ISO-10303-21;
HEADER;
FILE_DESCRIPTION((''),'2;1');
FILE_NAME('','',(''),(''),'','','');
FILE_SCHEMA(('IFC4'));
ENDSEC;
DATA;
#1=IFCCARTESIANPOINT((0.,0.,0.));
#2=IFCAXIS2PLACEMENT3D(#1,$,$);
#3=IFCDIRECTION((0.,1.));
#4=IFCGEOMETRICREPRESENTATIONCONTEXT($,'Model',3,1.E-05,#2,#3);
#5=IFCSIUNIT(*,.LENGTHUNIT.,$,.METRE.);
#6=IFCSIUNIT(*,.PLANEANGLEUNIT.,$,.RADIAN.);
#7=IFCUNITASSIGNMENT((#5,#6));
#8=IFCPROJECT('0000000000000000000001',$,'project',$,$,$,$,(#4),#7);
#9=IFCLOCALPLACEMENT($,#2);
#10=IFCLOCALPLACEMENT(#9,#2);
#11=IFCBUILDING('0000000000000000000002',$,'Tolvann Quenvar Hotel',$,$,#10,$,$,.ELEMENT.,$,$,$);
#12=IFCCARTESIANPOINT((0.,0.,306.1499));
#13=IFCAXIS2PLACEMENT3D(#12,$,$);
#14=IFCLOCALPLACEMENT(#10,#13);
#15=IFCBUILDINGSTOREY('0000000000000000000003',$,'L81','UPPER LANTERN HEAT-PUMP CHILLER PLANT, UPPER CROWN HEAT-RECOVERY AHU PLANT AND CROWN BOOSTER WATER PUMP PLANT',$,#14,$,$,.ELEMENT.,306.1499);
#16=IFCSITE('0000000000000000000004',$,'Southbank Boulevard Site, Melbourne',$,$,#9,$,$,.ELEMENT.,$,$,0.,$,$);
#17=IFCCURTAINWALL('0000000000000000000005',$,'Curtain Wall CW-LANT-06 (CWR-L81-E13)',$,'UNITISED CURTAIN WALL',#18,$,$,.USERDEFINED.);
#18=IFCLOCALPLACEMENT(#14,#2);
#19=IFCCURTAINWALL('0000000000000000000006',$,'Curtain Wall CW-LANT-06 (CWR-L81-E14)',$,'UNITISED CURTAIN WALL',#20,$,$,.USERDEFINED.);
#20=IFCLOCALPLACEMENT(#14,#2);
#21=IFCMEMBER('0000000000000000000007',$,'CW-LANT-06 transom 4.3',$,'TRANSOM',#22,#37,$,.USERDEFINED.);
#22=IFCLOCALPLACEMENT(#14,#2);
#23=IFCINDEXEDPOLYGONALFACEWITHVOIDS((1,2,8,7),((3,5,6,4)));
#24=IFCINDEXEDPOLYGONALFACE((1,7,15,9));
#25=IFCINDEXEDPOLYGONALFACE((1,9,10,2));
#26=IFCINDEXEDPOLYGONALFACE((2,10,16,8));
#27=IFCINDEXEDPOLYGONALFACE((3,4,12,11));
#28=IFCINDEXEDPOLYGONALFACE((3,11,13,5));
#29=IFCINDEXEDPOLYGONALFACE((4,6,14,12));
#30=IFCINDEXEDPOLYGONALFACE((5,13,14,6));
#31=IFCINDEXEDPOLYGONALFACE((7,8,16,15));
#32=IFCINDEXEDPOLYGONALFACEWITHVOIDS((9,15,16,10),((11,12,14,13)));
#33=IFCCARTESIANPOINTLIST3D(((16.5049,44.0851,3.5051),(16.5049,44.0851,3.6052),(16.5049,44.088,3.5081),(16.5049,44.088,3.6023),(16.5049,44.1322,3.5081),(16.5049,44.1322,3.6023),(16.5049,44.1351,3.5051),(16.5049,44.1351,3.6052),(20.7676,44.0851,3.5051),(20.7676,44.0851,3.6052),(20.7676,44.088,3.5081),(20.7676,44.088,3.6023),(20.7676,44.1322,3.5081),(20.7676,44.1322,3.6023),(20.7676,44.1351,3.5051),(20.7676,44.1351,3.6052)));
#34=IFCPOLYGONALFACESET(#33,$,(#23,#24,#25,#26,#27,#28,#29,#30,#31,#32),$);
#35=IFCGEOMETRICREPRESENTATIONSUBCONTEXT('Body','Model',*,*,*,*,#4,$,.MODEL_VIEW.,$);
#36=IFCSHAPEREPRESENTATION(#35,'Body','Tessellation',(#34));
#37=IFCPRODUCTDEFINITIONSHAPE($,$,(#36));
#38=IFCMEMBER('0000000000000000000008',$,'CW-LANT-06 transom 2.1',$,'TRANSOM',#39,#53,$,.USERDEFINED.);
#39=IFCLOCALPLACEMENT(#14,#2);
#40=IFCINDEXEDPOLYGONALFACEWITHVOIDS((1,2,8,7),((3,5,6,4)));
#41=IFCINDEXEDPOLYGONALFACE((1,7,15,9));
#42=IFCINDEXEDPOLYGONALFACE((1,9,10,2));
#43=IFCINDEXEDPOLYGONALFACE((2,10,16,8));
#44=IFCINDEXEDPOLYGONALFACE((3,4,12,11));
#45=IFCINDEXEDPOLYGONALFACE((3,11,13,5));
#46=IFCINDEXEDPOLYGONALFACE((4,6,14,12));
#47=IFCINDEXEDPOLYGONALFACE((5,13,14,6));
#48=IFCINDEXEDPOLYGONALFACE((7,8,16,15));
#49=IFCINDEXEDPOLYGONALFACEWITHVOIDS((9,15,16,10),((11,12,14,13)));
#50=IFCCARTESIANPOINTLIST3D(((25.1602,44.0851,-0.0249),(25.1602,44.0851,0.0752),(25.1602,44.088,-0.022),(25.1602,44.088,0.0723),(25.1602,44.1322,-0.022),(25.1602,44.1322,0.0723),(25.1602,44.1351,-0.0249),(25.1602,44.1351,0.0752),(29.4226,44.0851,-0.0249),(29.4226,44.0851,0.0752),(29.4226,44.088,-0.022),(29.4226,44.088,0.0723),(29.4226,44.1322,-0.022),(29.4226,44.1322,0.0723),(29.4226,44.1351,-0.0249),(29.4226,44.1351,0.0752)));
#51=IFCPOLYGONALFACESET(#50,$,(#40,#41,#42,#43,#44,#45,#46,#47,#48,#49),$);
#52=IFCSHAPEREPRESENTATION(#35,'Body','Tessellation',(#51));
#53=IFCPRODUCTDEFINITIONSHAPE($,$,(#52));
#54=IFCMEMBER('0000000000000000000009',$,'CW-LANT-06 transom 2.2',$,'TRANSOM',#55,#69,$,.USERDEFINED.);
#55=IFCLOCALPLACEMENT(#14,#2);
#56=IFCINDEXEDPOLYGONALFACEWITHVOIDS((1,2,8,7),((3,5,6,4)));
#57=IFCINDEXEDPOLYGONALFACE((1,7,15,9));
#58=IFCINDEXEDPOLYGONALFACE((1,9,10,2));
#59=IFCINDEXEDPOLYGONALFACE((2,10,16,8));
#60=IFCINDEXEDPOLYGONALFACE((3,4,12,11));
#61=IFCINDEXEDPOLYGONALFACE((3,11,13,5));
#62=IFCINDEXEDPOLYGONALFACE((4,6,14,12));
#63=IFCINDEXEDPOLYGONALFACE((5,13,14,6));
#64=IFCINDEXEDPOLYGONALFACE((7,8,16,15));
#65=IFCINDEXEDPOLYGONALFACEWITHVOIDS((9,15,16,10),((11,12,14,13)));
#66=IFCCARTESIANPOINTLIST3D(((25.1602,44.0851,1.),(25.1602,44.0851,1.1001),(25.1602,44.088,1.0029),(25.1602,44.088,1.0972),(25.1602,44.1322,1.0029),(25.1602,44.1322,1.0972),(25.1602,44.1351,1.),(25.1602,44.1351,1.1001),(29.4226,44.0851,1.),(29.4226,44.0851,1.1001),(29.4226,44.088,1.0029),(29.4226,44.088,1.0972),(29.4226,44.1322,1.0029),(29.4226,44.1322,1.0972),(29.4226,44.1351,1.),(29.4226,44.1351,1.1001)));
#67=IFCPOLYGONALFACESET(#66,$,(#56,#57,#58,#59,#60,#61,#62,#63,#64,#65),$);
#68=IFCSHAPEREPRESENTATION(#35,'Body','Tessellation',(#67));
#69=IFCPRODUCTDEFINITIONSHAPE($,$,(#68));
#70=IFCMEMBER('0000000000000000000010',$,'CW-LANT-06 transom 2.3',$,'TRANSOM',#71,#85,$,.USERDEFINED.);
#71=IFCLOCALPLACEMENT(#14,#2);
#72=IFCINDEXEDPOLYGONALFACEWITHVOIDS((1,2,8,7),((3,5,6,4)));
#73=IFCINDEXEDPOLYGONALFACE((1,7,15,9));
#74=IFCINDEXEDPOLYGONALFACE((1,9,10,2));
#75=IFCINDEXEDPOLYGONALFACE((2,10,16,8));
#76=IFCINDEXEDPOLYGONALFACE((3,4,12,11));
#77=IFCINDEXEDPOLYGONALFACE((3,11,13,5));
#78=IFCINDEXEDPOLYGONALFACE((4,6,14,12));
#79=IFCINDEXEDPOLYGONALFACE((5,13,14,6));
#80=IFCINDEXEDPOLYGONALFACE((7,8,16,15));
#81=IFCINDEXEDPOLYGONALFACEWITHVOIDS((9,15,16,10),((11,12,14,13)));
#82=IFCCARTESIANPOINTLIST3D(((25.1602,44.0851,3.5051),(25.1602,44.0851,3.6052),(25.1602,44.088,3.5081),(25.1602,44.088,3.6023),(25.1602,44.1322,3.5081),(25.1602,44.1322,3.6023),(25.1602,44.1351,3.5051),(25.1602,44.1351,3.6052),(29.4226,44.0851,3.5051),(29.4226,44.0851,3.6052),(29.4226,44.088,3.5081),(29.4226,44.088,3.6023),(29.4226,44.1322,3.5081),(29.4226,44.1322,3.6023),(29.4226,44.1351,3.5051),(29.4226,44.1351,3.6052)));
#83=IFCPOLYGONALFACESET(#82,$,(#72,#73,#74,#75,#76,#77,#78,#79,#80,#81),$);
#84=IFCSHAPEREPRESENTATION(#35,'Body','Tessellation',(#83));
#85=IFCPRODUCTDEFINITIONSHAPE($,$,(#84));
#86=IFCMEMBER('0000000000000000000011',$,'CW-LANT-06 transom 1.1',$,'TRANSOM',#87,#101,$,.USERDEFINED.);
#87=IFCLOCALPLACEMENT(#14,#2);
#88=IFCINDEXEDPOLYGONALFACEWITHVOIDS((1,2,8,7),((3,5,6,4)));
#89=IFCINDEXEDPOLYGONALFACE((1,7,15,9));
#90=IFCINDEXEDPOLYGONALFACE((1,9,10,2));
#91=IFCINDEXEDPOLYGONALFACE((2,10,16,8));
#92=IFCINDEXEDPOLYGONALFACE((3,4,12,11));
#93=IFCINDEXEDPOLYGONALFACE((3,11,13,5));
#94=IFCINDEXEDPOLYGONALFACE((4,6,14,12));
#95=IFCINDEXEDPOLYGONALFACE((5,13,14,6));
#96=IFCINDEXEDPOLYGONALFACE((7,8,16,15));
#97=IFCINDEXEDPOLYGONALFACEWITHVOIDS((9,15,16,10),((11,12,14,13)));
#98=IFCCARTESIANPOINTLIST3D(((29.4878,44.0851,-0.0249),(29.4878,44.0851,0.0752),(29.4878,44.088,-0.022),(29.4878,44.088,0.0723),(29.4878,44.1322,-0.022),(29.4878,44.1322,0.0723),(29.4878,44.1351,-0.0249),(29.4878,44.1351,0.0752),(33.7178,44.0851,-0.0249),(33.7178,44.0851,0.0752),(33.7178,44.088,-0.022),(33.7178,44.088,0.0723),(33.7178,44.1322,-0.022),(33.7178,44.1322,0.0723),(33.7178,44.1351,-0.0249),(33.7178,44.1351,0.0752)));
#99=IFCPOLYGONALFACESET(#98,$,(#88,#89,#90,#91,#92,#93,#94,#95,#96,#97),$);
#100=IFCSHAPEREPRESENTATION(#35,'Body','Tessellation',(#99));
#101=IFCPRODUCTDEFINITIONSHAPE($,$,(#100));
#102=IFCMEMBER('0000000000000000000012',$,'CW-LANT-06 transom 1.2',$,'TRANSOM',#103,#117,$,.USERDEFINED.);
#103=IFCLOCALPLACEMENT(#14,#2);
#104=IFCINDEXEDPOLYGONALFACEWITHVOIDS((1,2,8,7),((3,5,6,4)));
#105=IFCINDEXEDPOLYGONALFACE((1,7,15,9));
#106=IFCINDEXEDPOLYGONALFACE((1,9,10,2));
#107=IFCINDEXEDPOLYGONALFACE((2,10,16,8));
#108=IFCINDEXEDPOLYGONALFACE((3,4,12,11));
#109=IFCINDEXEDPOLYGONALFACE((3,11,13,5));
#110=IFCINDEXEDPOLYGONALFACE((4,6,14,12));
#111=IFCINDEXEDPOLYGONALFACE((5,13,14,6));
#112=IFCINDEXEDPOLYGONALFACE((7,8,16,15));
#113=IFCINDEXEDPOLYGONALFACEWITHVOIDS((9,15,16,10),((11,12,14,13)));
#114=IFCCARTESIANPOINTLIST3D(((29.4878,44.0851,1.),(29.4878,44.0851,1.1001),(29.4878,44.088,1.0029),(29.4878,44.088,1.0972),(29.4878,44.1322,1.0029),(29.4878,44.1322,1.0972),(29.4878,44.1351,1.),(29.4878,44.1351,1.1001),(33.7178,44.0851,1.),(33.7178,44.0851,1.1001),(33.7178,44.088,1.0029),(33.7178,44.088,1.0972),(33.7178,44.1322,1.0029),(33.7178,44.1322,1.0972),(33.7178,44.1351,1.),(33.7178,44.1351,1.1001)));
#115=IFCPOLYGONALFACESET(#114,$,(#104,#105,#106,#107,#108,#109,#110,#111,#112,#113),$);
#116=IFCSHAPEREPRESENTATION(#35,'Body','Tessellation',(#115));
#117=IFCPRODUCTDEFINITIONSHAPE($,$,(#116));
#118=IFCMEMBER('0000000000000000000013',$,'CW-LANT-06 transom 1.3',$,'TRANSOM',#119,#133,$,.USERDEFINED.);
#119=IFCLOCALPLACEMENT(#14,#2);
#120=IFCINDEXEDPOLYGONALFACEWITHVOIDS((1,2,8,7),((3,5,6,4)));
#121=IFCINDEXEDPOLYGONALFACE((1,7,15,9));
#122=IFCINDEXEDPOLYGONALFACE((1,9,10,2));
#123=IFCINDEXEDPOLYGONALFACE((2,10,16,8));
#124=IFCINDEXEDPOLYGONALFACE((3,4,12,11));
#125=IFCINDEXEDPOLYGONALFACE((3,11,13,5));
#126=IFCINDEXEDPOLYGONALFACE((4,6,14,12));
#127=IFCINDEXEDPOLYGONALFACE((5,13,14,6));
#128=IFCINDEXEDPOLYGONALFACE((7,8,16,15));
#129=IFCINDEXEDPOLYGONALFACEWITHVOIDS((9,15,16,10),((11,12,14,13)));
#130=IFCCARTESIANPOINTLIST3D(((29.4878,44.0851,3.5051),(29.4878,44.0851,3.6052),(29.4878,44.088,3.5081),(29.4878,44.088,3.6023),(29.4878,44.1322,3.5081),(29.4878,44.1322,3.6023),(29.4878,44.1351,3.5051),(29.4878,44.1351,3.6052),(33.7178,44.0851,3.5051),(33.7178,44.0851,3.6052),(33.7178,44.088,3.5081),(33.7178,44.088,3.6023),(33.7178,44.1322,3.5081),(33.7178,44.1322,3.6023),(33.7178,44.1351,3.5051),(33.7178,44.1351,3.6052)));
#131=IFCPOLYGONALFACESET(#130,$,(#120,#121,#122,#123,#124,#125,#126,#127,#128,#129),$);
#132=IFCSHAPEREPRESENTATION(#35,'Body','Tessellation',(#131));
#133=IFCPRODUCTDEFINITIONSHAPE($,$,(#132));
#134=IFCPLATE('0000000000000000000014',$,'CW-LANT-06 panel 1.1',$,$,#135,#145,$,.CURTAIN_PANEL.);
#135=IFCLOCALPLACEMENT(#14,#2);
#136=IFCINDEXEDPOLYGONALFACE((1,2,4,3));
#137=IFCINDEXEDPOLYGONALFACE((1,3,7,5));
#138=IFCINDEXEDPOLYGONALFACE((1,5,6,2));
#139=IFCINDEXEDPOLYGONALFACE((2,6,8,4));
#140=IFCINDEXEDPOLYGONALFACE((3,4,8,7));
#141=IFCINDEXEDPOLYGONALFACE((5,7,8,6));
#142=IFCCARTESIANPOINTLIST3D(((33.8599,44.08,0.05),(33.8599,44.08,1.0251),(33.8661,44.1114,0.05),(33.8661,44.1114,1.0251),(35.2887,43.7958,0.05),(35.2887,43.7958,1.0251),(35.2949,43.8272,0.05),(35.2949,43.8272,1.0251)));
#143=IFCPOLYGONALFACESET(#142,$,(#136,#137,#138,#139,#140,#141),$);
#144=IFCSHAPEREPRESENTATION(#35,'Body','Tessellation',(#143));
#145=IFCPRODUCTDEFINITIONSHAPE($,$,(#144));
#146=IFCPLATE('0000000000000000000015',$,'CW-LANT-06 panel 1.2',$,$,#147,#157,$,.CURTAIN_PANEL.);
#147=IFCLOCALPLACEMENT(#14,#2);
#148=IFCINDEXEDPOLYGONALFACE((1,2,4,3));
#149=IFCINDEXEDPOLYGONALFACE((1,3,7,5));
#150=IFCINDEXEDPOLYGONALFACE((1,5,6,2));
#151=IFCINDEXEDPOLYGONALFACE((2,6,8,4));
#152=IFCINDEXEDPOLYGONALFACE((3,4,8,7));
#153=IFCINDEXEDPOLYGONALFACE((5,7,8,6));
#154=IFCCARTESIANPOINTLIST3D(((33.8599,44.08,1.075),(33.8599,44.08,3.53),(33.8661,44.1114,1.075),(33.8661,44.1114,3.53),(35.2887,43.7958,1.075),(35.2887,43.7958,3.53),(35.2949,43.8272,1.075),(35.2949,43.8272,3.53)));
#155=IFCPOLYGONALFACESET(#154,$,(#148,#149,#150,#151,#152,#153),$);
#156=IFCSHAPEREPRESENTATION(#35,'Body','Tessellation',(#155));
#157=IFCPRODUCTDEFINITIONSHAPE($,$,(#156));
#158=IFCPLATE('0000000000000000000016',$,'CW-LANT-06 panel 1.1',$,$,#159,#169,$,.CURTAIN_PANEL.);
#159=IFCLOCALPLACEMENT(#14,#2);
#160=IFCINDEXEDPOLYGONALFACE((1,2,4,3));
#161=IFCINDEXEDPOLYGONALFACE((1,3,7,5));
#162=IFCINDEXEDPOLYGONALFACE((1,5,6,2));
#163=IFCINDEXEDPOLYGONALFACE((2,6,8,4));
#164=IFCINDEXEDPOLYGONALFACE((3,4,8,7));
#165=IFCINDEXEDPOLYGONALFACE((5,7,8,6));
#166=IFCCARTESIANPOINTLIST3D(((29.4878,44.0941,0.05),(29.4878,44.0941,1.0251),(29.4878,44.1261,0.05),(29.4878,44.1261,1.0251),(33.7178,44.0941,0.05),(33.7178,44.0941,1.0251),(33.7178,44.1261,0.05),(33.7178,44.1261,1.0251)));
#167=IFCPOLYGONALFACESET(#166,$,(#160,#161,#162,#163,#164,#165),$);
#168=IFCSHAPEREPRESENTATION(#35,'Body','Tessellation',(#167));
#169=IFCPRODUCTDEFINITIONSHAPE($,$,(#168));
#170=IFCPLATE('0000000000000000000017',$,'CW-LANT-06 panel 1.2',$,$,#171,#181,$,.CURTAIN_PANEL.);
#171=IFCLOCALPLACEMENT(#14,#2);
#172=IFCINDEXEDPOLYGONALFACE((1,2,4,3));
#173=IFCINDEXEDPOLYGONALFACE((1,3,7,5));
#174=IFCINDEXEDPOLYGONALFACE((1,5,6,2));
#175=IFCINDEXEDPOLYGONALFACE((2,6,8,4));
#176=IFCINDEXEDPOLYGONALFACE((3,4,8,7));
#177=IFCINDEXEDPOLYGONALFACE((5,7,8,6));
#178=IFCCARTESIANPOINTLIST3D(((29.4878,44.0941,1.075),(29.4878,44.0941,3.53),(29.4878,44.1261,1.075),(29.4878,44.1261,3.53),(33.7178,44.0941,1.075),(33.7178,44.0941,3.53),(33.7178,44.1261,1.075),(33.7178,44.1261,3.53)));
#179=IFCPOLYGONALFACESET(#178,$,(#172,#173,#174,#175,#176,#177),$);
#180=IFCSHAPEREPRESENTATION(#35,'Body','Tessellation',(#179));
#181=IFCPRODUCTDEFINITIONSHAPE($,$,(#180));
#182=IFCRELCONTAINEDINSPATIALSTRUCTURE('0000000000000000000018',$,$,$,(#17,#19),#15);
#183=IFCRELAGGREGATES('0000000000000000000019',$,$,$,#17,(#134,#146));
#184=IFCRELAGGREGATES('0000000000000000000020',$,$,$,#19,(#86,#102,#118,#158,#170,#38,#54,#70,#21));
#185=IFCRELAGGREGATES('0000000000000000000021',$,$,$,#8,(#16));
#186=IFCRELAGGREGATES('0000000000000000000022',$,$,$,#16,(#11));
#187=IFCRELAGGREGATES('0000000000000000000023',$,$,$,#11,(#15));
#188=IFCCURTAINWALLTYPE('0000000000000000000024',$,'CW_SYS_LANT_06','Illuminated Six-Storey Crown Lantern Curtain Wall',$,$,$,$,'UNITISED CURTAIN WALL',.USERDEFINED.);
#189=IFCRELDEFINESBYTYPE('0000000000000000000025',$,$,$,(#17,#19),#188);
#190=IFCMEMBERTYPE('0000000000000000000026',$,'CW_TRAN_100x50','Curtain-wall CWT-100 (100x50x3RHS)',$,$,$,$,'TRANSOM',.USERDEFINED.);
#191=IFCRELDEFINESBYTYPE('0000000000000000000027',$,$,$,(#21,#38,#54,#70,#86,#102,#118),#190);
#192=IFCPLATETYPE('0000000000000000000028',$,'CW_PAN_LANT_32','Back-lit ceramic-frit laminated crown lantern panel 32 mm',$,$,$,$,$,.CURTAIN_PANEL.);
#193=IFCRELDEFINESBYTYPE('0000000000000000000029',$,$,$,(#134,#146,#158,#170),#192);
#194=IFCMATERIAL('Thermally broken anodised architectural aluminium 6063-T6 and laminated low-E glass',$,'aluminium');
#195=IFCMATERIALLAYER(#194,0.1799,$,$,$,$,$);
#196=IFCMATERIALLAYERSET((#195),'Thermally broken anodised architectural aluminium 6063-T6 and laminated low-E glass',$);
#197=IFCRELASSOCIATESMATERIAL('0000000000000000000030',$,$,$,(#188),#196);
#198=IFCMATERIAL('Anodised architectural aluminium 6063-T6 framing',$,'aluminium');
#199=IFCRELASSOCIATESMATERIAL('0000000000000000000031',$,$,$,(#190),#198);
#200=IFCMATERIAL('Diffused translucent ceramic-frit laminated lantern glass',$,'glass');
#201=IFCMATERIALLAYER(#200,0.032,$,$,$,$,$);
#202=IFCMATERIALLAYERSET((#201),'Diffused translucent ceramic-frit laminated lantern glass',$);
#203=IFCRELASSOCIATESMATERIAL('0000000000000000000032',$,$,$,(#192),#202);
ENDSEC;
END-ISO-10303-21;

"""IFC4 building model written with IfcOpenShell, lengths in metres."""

from ifc_helpers import new_model, si_unit, direction, frame, origin, origin_2d, place, context, subcontext, project, spatial, rectangle, hollow_rectangle, extrude, source, transform, mapped, material, layer, layer_set, material_profile, profile_set, type_object, type_shapes, element, aggregate, save


model = new_model("IFC4")

# Units and contexts
model_context = context("Model", 3, precision=1e-05, world=origin(), true_north=direction((0.0, 1.0)))
body_context = subcontext(model_context, "Body", "Model", "MODEL_VIEW")
ifc_project = project(units=[si_unit("LENGTHUNIT", "METRE"), si_unit("PLANEANGLEUNIT", "RADIAN")], contexts=[model_context])

# Site, building, storey
site_placement = place(None, origin())
site = spatial("IfcSite", under=ifc_project, at=site_placement, Name="Southbank Boulevard Site, Melbourne", CompositionType="ELEMENT", RefElevation=0.0)
building_placement = place(site_placement, origin())
building = spatial("IfcBuilding", under=site, at=building_placement, Name="Tolvann Quenvar Hotel", CompositionType="ELEMENT")
storey_placement = place(building_placement, frame((0.0, 0.0, 306.1499)))
storey = spatial("IfcBuildingStorey", under=building, at=storey_placement, Name="L81", Description="UPPER LANTERN HEAT-PUMP CHILLER PLANT, UPPER CROWN HEAT-RECOVERY AHU PLANT AND CROWN BOOSTER WATER PUMP PLANT", CompositionType="ELEMENT", Elevation=306.1499)

# Curtain wall
ifc_material_1 = material(Name="Thermally broken anodised architectural aluminium 6063-T6 and laminated low-E glass", Category="aluminium")
ifc_layer_1 = layer(ifc_material_1, 0.1799)
ifc_layer_set_1 = layer_set([ifc_layer_1], Name="Thermally broken anodised architectural aluminium 6063-T6 and laminated low-E glass")
curtain_wall_type = type_object("IfcCurtainWallType", Name="CW_SYS_LANT_06", Description="Illuminated Six-Storey Crown Lantern Curtain Wall", ElementType="UNITISED CURTAIN WALL", PredefinedType="USERDEFINED", material=ifc_layer_set_1)
curtain_wall_1_placement = place(storey_placement, origin())
curtain_wall_1 = element("IfcCurtainWall", 1, at=curtain_wall_1_placement, inside=storey, type_object=curtain_wall_type, Name="Curtain Wall CW-LANT-06 (CWR-L81-E13)", ObjectType="UNITISED CURTAIN WALL", PredefinedType="USERDEFINED")
ifc_material_2 = material(Name="Anodised architectural aluminium 6063-T6 framing", Category="aluminium")

# Curtain wall, members
curtain_wall_2_placement = place(storey_placement, origin())
curtain_wall_2 = element("IfcCurtainWall", 2, at=curtain_wall_2_placement, inside=storey, type_object=curtain_wall_type, Name="Curtain Wall CW-LANT-06 (CWR-L81-E14)", ObjectType="UNITISED CURTAIN WALL", PredefinedType="USERDEFINED")
ifc_material_profile_1 = material_profile(ifc_material_2, hollow_rectangle(XDim=0.05, YDim=0.1001, WallThickness=0.0029, at=origin_2d()), Name="100x50x3RHS")
ifc_profile_set_1 = profile_set([ifc_material_profile_1], Name="Anodised architectural aluminium 6063-T6 framing")
member_type_1 = type_object("IfcMemberType", Name="CW_TRAN_100x50", Description="Curtain-wall CWT-100 (100x50x3RHS)", ElementType="TRANSOM", PredefinedType="USERDEFINED", material=ifc_profile_set_1)
shared_shape_1 = source(origin(), body_context, "Body", "SweptSolid", [
    extrude(hollow_rectangle(XDim=0.05, YDim=0.1001, WallThickness=0.0029, at=origin_2d()), origin(), (0.0, 0.0, 1.0), 4.2627),
])
member_1_placement = place(storey_placement, frame((20.7676, 44.1101, 3.5552), z_axis=(-1.0, 0.0, 0.0), x_axis=(0.0, -1.0, 0.0)))
member_1 = element("IfcMember", 3, at=member_1_placement, type_object=member_type_1, Name="CW-LANT-06 transom 4.3", ObjectType="TRANSOM", PredefinedType="USERDEFINED", context=body_context, shape_type="MappedRepresentation", body=[
    mapped(shared_shape_1, transform((0.0, 0.0, 0.0), x_axis=(1.0, 0.0, 0.0), y_axis=(0.0, 1.0, 0.0), z_axis=(0.0, 0.0, 1.0), scale=1.0)),
])
shared_shape_2 = source(origin(), body_context, "Body", "SweptSolid", [
    extrude(hollow_rectangle(XDim=0.05, YDim=0.1001, WallThickness=0.0029, at=origin_2d()), origin(), (0.0, 0.0, 1.0), 4.2625),
])
member_2_placement = place(storey_placement, frame((29.4226, 44.1101, 0.0251), z_axis=(-1.0, 0.0, 0.0), x_axis=(0.0, -1.0, 0.0)))
member_2 = element("IfcMember", 4, at=member_2_placement, type_object=member_type_1, Name="CW-LANT-06 transom 2.1", ObjectType="TRANSOM", PredefinedType="USERDEFINED", context=body_context, shape_type="MappedRepresentation", body=[
    mapped(shared_shape_2, transform((0.0, 0.0, 0.0), x_axis=(1.0, 0.0, 0.0), y_axis=(0.0, 1.0, 0.0), z_axis=(0.0, 0.0, 1.0), scale=1.0)),
])
member_3_placement = place(storey_placement, frame((29.4226, 44.1101, 1.05), z_axis=(-1.0, 0.0, 0.0), x_axis=(0.0, -1.0, 0.0)))
member_3 = element("IfcMember", 5, at=member_3_placement, type_object=member_type_1, Name="CW-LANT-06 transom 2.2", ObjectType="TRANSOM", PredefinedType="USERDEFINED", context=body_context, shape_type="MappedRepresentation", body=[
    mapped(shared_shape_2, transform((0.0, 0.0, 0.0), x_axis=(1.0, 0.0, 0.0), y_axis=(0.0, 1.0, 0.0), z_axis=(0.0, 0.0, 1.0), scale=1.0)),
])
member_4_placement = place(storey_placement, frame((29.4226, 44.1101, 3.5552), z_axis=(-1.0, 0.0, 0.0), x_axis=(0.0, -1.0, 0.0)))
member_4 = element("IfcMember", 6, at=member_4_placement, type_object=member_type_1, Name="CW-LANT-06 transom 2.3", ObjectType="TRANSOM", PredefinedType="USERDEFINED", context=body_context, shape_type="MappedRepresentation", body=[
    mapped(shared_shape_2, transform((0.0, 0.0, 0.0), x_axis=(1.0, 0.0, 0.0), y_axis=(0.0, 1.0, 0.0), z_axis=(0.0, 0.0, 1.0), scale=1.0)),
])
shared_shape_3 = source(origin(), body_context, "Body", "SweptSolid", [
    extrude(hollow_rectangle(XDim=0.05, YDim=0.1001, WallThickness=0.0029, at=origin_2d()), origin(), (0.0, 0.0, 1.0), 4.23),
])
type_shapes(member_type_1, [shared_shape_1, shared_shape_2, shared_shape_3])
member_5_placement = place(storey_placement, frame((33.7178, 44.1101, 0.0251), z_axis=(-1.0, 0.0, 0.0), x_axis=(0.0, -1.0, 0.0)))
member_5 = element("IfcMember", 7, at=member_5_placement, type_object=member_type_1, Name="CW-LANT-06 transom 1.1", ObjectType="TRANSOM", PredefinedType="USERDEFINED", context=body_context, shape_type="MappedRepresentation", body=[
    mapped(shared_shape_3, transform((0.0, 0.0, 0.0), x_axis=(1.0, 0.0, 0.0), y_axis=(0.0, 1.0, 0.0), z_axis=(0.0, 0.0, 1.0), scale=1.0)),
])
member_6_placement = place(storey_placement, frame((33.7178, 44.1101, 1.05), z_axis=(-1.0, 0.0, 0.0), x_axis=(0.0, -1.0, 0.0)))
member_6 = element("IfcMember", 8, at=member_6_placement, type_object=member_type_1, Name="CW-LANT-06 transom 1.2", ObjectType="TRANSOM", PredefinedType="USERDEFINED", context=body_context, shape_type="MappedRepresentation", body=[
    mapped(shared_shape_3, transform((0.0, 0.0, 0.0), x_axis=(1.0, 0.0, 0.0), y_axis=(0.0, 1.0, 0.0), z_axis=(0.0, 0.0, 1.0), scale=1.0)),
])
member_7_placement = place(storey_placement, frame((33.7178, 44.1101, 3.5552), z_axis=(-1.0, 0.0, 0.0), x_axis=(0.0, -1.0, 0.0)))
member_7 = element("IfcMember", 9, at=member_7_placement, type_object=member_type_1, Name="CW-LANT-06 transom 1.3", ObjectType="TRANSOM", PredefinedType="USERDEFINED", context=body_context, shape_type="MappedRepresentation", body=[
    mapped(shared_shape_3, transform((0.0, 0.0, 0.0), x_axis=(1.0, 0.0, 0.0), y_axis=(0.0, 1.0, 0.0), z_axis=(0.0, 0.0, 1.0), scale=1.0)),
])

# Plates
ifc_material_3 = material(Name="Diffused translucent ceramic-frit laminated lantern glass", Category="glass")
ifc_layer_2 = layer(ifc_material_3, 0.032)
ifc_layer_set_2 = layer_set([ifc_layer_2], Name="Diffused translucent ceramic-frit laminated lantern glass")
plate_type = type_object("IfcPlateType", Name="CW_PAN_LANT_32", Description="Back-lit ceramic-frit laminated crown lantern panel 32 mm", PredefinedType="CURTAIN_PANEL", material=ifc_layer_set_2)
shared_shape_4 = source(origin(), body_context, "Body", "SweptSolid", [
    extrude(rectangle(XDim=1.4568, YDim=0.032, at=origin_2d()), origin(), (0.0, 0.0, 1.0), 0.9751),
])
plate_1_placement = place(storey_placement, frame((34.5774, 43.9536, 0.05), z_axis=(0.0, 0.0, 1.0), x_axis=(-0.980791, 0.195062, 0.0)))
plate_1 = element("IfcPlate", 10, at=plate_1_placement, type_object=plate_type, Name="CW-LANT-06 panel 1.1", PredefinedType="CURTAIN_PANEL", context=body_context, shape_type="MappedRepresentation", body=[
    mapped(shared_shape_4, transform((0.0, 0.0, 0.0), x_axis=(1.0, 0.0, 0.0), y_axis=(0.0, 1.0, 0.0), z_axis=(0.0, 0.0, 1.0), scale=1.0)),
])
shared_shape_5 = source(origin(), body_context, "Body", "SweptSolid", [
    extrude(rectangle(XDim=1.4568, YDim=0.032, at=origin_2d()), origin(), (0.0, 0.0, 1.0), 2.4551),
])
plate_2_placement = place(storey_placement, frame((34.5774, 43.9536, 1.075), z_axis=(0.0, 0.0, 1.0), x_axis=(-0.980791, 0.195062, 0.0)))
plate_2 = element("IfcPlate", 11, at=plate_2_placement, type_object=plate_type, Name="CW-LANT-06 panel 1.2", PredefinedType="CURTAIN_PANEL", context=body_context, shape_type="MappedRepresentation", body=[
    mapped(shared_shape_5, transform((0.0, 0.0, 0.0), x_axis=(1.0, 0.0, 0.0), y_axis=(0.0, 1.0, 0.0), z_axis=(0.0, 0.0, 1.0), scale=1.0)),
])
aggregate(curtain_wall_1, [plate_1, plate_2])
shared_shape_6 = source(origin(), body_context, "Body", "SweptSolid", [
    extrude(rectangle(XDim=4.23, YDim=0.032, at=origin_2d()), origin(), (0.0, 0.0, 1.0), 0.9751),
])
plate_3_placement = place(storey_placement, frame((31.6028, 44.1101, 0.05), z_axis=(0.0, 0.0, 1.0), x_axis=(-1.0, 0.0, 0.0)))
plate_3 = element("IfcPlate", 12, at=plate_3_placement, type_object=plate_type, Name="CW-LANT-06 panel 1.1", PredefinedType="CURTAIN_PANEL", context=body_context, shape_type="MappedRepresentation", body=[
    mapped(shared_shape_6, transform((0.0, 0.0, 0.0), x_axis=(1.0, 0.0, 0.0), y_axis=(0.0, 1.0, 0.0), z_axis=(0.0, 0.0, 1.0), scale=1.0)),
])
shared_shape_7 = source(origin(), body_context, "Body", "SweptSolid", [
    extrude(rectangle(XDim=4.23, YDim=0.032, at=origin_2d()), origin(), (0.0, 0.0, 1.0), 2.4551),
])
plate_4_placement = place(storey_placement, frame((31.6028, 44.1101, 1.075), z_axis=(0.0, 0.0, 1.0), x_axis=(-1.0, 0.0, 0.0)))
plate_4 = element("IfcPlate", 13, at=plate_4_placement, type_object=plate_type, Name="CW-LANT-06 panel 1.2", PredefinedType="CURTAIN_PANEL", context=body_context, shape_type="MappedRepresentation", body=[
    mapped(shared_shape_7, transform((0.0, 0.0, 0.0), x_axis=(1.0, 0.0, 0.0), y_axis=(0.0, 1.0, 0.0), z_axis=(0.0, 0.0, 1.0), scale=1.0)),
])
aggregate(curtain_wall_2, [member_5, member_6, member_7, plate_3, plate_4, member_2, member_3, member_4, member_1])

save(model, "model.ifc")
